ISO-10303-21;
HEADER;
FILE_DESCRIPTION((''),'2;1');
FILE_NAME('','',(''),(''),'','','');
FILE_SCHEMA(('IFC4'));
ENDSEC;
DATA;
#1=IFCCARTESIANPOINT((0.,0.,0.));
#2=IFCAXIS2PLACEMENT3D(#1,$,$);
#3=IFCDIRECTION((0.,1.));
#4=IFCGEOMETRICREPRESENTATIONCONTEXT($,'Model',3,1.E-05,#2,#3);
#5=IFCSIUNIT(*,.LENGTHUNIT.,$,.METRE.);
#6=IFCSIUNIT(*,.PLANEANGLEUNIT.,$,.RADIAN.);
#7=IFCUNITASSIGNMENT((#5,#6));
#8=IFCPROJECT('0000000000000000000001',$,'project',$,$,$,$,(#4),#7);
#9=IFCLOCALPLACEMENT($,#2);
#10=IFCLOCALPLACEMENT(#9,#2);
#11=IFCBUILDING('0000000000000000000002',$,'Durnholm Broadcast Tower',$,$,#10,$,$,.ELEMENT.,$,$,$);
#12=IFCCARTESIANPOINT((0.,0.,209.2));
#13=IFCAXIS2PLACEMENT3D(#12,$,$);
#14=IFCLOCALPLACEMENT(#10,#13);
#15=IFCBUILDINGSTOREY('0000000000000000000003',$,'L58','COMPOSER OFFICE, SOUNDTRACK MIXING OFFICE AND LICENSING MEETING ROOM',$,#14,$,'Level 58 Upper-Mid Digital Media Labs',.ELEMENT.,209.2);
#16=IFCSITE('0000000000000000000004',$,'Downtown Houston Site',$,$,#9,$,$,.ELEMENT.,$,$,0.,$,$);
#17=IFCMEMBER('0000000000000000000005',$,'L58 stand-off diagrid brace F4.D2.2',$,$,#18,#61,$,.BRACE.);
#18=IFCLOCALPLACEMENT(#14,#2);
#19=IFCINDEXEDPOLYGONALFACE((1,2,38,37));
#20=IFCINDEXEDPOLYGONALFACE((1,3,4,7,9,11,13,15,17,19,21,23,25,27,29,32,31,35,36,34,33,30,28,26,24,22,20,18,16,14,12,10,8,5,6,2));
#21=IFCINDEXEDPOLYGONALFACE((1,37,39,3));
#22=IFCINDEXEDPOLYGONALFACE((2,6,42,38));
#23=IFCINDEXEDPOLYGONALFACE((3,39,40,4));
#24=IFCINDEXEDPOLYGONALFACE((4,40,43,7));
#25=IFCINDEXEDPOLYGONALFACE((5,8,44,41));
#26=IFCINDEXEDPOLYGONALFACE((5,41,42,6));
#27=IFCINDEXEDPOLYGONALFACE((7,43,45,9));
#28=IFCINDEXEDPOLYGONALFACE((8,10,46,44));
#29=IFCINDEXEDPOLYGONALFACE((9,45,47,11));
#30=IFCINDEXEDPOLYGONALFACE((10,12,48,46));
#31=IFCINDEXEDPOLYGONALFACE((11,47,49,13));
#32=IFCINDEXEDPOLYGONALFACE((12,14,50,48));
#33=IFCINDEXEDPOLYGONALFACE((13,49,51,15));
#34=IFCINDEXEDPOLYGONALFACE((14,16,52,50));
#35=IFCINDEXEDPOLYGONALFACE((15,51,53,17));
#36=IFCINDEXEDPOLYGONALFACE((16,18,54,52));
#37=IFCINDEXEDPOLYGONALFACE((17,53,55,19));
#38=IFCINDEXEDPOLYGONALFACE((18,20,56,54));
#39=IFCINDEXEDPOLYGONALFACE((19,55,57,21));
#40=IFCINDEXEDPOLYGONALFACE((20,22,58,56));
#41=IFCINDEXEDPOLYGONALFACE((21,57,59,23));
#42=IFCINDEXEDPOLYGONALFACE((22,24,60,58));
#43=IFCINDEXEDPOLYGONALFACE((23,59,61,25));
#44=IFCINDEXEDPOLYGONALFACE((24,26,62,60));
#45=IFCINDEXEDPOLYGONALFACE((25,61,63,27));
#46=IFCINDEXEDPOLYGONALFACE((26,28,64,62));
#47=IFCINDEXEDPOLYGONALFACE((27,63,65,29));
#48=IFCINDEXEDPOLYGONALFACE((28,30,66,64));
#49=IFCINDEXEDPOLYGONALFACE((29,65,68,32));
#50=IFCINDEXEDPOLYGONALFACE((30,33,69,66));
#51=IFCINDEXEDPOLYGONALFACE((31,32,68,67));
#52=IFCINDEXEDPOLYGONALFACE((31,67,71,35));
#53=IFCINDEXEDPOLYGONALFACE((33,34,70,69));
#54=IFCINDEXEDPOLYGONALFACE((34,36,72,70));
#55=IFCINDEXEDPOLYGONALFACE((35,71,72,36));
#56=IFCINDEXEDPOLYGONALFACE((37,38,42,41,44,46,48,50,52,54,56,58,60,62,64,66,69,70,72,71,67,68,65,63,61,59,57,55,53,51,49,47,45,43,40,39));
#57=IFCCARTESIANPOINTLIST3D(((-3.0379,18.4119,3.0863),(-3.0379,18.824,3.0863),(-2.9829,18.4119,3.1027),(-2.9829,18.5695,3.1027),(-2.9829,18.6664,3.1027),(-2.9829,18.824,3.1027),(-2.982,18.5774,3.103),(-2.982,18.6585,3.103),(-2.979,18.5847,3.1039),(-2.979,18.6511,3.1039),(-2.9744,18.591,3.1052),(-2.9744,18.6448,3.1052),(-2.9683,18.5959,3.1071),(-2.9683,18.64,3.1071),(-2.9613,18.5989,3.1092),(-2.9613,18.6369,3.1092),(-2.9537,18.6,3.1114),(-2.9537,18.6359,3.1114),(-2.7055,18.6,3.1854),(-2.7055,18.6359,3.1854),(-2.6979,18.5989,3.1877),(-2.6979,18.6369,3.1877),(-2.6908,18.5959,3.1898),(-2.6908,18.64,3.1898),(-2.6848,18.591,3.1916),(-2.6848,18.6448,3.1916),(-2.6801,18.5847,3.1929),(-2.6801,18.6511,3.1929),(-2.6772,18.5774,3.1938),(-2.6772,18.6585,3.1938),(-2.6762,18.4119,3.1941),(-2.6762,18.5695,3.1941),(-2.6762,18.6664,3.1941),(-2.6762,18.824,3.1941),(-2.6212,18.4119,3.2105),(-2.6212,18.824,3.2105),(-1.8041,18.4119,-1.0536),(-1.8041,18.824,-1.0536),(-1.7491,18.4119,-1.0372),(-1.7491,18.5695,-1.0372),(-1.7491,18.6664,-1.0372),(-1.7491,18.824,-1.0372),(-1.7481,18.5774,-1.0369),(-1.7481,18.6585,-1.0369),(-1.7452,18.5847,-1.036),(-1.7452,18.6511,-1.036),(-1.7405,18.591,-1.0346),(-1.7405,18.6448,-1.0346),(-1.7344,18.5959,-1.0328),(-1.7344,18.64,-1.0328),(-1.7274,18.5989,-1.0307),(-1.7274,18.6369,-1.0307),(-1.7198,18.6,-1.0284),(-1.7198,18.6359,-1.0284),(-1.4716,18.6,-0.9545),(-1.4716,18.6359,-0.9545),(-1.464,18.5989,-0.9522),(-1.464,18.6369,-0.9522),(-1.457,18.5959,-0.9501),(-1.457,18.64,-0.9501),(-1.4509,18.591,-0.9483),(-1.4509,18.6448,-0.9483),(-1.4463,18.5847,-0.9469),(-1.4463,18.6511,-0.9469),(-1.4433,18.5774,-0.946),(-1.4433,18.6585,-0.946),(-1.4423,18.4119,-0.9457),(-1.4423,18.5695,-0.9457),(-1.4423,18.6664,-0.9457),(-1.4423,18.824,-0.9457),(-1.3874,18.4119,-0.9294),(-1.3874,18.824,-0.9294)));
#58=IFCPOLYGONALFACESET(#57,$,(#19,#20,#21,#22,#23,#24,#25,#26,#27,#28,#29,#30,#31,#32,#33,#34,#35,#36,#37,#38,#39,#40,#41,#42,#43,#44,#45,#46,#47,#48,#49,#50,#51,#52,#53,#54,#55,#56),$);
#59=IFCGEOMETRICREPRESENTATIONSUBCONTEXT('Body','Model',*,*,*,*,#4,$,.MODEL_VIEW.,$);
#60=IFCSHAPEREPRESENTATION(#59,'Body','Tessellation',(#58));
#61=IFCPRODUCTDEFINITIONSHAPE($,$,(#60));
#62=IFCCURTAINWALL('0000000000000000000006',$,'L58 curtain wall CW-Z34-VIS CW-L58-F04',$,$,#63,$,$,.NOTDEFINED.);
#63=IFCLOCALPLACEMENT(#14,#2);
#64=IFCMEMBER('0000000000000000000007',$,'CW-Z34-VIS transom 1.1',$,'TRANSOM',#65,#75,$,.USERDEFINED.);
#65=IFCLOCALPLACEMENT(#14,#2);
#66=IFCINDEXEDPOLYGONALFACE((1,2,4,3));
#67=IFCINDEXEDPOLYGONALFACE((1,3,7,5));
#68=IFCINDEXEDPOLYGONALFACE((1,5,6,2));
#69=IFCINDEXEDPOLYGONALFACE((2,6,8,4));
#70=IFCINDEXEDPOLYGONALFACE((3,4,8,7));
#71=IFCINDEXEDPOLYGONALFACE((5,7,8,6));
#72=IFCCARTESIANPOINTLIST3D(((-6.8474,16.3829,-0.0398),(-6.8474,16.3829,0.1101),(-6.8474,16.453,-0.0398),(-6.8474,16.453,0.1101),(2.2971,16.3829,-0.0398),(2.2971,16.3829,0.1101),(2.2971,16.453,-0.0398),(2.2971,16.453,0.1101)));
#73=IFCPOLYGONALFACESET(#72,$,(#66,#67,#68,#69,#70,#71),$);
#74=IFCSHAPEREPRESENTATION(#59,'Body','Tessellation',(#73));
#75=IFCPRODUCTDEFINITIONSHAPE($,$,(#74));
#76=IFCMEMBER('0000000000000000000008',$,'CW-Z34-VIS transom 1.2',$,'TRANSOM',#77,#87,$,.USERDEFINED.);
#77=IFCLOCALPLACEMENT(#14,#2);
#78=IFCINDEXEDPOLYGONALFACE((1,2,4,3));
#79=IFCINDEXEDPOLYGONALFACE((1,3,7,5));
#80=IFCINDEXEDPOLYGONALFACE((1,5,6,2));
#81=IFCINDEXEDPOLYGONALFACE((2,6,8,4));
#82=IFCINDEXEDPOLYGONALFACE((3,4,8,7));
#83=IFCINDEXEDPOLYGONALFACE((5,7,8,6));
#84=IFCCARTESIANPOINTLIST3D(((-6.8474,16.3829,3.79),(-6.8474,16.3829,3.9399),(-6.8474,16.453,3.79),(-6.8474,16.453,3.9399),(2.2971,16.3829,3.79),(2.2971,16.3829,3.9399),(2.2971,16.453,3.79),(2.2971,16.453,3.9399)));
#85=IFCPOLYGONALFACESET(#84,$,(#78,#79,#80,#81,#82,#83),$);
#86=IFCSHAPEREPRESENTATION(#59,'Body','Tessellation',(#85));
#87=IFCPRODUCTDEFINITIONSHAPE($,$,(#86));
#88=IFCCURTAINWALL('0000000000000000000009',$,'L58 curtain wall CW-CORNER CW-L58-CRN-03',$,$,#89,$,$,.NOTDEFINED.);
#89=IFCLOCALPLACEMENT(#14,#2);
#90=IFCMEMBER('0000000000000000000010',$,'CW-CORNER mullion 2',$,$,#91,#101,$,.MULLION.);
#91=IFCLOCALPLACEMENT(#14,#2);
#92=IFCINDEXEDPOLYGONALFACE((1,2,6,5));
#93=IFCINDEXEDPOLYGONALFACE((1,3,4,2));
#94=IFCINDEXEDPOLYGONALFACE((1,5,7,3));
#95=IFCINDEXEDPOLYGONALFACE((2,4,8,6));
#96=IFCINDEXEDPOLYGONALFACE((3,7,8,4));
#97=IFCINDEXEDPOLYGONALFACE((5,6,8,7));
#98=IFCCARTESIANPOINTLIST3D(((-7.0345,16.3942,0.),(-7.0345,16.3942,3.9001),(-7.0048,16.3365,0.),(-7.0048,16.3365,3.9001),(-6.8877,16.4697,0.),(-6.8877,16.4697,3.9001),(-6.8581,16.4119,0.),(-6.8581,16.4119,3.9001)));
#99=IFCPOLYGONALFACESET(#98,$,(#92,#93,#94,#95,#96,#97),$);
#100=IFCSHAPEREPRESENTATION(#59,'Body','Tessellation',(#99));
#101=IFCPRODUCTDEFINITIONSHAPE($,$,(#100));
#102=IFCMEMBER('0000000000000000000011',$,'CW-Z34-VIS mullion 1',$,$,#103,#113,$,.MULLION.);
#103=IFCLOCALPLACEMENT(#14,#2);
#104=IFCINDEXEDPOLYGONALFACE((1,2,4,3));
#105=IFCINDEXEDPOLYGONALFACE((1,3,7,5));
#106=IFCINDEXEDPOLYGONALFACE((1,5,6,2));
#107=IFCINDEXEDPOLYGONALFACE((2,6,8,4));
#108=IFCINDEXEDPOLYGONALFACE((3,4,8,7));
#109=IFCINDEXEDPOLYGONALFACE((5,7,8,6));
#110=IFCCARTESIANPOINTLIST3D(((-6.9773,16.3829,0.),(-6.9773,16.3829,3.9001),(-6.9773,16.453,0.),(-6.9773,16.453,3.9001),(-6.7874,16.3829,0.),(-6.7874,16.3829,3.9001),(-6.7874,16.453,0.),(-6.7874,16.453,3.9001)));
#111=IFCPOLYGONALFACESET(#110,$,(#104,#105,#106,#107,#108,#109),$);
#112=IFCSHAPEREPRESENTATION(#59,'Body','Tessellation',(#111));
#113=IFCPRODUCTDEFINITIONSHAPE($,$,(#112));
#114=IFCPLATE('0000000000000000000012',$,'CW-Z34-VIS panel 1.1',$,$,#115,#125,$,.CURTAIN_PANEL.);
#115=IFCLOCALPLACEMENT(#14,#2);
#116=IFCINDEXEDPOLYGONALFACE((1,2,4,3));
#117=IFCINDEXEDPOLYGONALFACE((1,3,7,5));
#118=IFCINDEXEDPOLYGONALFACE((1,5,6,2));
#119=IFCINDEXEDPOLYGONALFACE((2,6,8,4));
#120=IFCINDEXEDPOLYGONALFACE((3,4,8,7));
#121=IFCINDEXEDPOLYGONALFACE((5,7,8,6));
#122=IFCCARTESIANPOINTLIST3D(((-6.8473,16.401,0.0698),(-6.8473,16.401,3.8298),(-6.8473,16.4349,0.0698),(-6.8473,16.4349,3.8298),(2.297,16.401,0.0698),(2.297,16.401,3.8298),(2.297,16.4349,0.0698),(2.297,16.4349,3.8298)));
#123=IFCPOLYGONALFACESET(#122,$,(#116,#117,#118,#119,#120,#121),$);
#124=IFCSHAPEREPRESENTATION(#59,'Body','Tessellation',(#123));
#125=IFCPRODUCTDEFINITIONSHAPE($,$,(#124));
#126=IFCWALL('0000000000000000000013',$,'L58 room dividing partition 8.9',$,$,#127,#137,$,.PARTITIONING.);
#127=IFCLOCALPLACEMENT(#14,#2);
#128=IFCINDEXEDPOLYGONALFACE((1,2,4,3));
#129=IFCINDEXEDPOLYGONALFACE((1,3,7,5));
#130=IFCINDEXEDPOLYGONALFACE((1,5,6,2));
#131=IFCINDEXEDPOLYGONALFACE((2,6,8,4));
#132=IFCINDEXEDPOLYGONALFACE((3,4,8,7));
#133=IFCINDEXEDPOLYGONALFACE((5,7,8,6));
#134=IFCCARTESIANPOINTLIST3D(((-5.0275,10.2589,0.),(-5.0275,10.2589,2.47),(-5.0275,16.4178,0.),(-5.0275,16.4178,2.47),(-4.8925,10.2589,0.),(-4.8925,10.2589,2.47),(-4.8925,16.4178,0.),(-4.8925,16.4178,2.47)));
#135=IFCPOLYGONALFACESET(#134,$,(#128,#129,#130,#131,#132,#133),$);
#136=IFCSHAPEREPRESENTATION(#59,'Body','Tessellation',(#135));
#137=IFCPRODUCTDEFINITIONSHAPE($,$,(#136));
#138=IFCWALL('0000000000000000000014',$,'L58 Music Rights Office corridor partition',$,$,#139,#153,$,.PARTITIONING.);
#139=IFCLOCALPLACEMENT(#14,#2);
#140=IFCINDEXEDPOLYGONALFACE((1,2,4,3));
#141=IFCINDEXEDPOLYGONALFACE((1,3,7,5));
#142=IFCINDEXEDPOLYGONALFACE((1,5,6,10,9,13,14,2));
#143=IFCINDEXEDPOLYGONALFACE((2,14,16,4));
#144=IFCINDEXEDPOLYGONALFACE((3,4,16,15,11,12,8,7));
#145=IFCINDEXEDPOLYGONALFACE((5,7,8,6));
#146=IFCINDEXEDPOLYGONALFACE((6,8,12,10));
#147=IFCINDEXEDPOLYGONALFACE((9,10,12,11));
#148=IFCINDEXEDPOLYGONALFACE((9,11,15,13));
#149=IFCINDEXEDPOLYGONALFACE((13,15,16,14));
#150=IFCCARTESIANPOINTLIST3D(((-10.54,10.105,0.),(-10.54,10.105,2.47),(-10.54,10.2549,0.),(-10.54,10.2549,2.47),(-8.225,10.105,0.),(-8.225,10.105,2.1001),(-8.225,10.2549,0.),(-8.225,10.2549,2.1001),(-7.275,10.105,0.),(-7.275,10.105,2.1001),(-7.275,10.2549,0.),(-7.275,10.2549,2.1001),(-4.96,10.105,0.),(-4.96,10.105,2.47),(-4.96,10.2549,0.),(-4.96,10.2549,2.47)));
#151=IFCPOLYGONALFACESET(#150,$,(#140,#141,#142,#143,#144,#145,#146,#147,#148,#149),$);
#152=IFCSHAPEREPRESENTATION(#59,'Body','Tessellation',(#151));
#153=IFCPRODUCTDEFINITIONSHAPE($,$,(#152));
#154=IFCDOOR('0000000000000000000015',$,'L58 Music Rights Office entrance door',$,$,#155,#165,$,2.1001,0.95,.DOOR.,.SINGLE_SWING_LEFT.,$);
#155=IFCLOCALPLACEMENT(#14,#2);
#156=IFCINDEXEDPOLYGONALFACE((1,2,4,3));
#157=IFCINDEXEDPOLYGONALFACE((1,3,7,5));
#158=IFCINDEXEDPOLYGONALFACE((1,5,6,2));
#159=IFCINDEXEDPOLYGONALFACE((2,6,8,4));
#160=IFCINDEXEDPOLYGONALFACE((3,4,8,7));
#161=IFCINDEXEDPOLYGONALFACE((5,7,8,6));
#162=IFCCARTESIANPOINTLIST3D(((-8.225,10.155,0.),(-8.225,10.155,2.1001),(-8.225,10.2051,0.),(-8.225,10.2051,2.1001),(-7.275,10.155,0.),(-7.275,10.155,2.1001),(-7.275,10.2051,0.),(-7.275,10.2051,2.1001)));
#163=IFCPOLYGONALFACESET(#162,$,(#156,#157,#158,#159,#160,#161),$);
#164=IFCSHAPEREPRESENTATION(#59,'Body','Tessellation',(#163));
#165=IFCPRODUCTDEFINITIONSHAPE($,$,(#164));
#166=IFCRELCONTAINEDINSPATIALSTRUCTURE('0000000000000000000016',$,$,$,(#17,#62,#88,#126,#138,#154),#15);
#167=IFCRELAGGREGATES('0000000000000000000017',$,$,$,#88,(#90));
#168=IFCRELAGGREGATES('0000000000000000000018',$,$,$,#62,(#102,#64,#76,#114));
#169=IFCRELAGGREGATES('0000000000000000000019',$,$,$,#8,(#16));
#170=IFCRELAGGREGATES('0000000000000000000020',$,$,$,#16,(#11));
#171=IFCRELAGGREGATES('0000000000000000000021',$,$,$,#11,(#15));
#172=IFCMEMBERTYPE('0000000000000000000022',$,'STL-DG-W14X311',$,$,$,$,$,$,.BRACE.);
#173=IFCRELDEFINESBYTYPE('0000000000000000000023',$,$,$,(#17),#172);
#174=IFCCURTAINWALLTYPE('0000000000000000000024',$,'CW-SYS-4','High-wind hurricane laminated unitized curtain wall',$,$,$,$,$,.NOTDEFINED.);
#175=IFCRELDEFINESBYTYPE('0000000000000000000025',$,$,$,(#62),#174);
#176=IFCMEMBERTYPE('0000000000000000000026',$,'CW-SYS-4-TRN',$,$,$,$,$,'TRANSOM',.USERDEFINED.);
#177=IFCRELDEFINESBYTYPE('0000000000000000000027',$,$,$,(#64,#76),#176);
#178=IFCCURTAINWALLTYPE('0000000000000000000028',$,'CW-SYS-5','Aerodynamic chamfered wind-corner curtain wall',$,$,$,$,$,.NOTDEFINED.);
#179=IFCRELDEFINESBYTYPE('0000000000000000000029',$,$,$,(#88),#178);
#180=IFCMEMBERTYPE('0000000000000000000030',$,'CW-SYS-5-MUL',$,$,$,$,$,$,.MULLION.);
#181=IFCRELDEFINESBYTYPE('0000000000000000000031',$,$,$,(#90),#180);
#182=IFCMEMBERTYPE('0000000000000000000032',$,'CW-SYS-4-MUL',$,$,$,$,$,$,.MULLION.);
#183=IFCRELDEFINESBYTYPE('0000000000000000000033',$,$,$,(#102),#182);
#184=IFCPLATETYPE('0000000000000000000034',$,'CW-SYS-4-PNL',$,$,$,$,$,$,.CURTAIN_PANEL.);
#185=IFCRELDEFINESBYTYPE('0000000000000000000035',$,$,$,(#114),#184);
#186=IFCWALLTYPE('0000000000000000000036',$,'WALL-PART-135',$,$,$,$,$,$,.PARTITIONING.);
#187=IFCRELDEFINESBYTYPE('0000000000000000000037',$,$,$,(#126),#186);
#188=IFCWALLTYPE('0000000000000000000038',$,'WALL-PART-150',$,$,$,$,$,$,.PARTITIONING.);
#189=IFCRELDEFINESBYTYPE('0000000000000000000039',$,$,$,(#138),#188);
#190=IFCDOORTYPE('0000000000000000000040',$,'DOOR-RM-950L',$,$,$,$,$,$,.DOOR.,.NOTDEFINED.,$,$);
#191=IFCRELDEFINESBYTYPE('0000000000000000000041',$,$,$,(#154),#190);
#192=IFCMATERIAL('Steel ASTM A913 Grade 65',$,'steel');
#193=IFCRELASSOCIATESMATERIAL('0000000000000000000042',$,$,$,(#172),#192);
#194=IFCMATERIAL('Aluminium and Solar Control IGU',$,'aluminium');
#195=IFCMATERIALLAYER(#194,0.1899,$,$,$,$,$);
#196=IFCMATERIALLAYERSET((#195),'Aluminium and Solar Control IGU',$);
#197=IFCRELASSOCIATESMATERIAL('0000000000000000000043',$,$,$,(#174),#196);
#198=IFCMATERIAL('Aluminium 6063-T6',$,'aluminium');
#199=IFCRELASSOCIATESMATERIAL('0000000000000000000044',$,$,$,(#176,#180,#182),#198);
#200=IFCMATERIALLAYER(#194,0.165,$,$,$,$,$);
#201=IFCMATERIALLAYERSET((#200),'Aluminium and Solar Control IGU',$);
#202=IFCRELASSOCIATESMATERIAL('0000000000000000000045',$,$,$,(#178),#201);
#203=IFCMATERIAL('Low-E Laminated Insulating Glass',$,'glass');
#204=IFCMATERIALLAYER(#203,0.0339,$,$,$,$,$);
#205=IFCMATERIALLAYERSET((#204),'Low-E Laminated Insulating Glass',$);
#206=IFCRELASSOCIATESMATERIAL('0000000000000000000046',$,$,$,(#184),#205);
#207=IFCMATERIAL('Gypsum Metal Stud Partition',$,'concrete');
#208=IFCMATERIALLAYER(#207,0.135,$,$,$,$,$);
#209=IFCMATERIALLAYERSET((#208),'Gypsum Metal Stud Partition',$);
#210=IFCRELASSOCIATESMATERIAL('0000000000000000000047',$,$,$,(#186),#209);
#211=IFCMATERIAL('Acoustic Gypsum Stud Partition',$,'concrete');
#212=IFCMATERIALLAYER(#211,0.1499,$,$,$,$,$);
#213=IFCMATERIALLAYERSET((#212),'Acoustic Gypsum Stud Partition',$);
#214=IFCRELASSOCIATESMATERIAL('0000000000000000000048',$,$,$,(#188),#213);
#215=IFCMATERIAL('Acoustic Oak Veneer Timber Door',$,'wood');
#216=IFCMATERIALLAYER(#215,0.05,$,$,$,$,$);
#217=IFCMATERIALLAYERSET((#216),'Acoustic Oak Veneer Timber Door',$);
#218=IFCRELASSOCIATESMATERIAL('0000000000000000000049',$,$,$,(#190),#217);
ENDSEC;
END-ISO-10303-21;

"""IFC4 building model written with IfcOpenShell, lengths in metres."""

from ifc_helpers import new_model, si_unit, direction, frame, frame_2d, origin, origin_2d, place, context, subcontext, project, spatial, rectangle, i_section, extrude, source, transform, mapped, material, layer, layer_set, material_profile, profile_set, type_object, type_shapes, element, fill, aggregate, save


model = new_model("IFC4")

# Units and contexts
model_context = context("Model", 3, precision=1e-05, world=origin(), true_north=direction((0.0, 1.0)))
body_context = subcontext(model_context, "Body", "Model", "MODEL_VIEW")
ifc_project = project(units=[si_unit("LENGTHUNIT", "METRE"), si_unit("PLANEANGLEUNIT", "RADIAN")], contexts=[model_context])

# Site, building, storey
site_placement = place(None, origin())
site = spatial("IfcSite", under=ifc_project, at=site_placement, Name="Downtown Houston Site", CompositionType="ELEMENT", RefElevation=0.0)
building_placement = place(site_placement, origin())
building = spatial("IfcBuilding", under=site, at=building_placement, Name="Durnholm Broadcast Tower", CompositionType="ELEMENT")
storey_placement = place(building_placement, frame((0.0, 0.0, 209.2)))
storey = spatial("IfcBuildingStorey", under=building, at=storey_placement, Name="L58", Description="COMPOSER OFFICE, SOUNDTRACK MIXING OFFICE AND LICENSING MEETING ROOM", LongName="Level 58 Upper-Mid Digital Media Labs", CompositionType="ELEMENT", Elevation=209.2)

# Member
ifc_material_1 = material(Name="Steel ASTM A913 Grade 65", Category="steel")
ifc_material_profile_1 = material_profile(ifc_material_1, i_section(OverallWidth=0.4121, OverallDepth=0.4348, WebThickness=0.0359, FlangeThickness=0.0574, FilletRadius=0.0305, at=origin_2d()), Name="W14X311")
ifc_profile_set_1 = profile_set([ifc_material_profile_1], Name="Steel ASTM A913 Grade 65")
member_type_1 = type_object("IfcMemberType", Name="STL-DG-W14X311", PredefinedType="BRACE", material=ifc_profile_set_1)
shared_shape_1 = source(origin(), body_context, "Body", "SweptSolid", [
    extrude(i_section(OverallWidth=0.4121, OverallDepth=0.4348, WebThickness=0.0359, FlangeThickness=0.0574, FilletRadius=0.0305, at=origin_2d()), origin(), (0.0, 0.0, 1.0), 4.3198),
])
type_shapes(member_type_1, [shared_shape_1])
for number, where, z_axis, x_axis, name in (
    (1, (-1.5957, 18.6179, -0.9915), (-0.285631, 0.0, 0.95834), (0.0, -1.0, 0.0), "L58 stand-off diagrid brace F4.D2.2"),
):
    element("IfcMember", number, at=place(storey_placement, frame(where, z_axis=z_axis, x_axis=x_axis)), inside=storey, type_object=member_type_1, Name=name, PredefinedType="BRACE", context=body_context, shape_type="MappedRepresentation", body=[
        mapped(shared_shape_1, transform((0.0, 0.0, 0.0), x_axis=(1.0, 0.0, 0.0), y_axis=(0.0, 1.0, 0.0), z_axis=(0.0, 0.0, 1.0), scale=1.0)),
    ])

# Curtain wall, members
ifc_material_2 = material(Name="Aluminium and Solar Control IGU", Category="aluminium")
ifc_layer_1 = layer(ifc_material_2, 0.1899)
ifc_layer_set_1 = layer_set([ifc_layer_1], Name="Aluminium and Solar Control IGU")
curtain_wall_type_1 = type_object("IfcCurtainWallType", Name="CW-SYS-4", Description="High-wind hurricane laminated unitized curtain wall", PredefinedType="NOTDEFINED", material=ifc_layer_set_1)
curtain_wall_1_placement = place(storey_placement, origin())
curtain_wall_1 = element("IfcCurtainWall", 2, at=curtain_wall_1_placement, inside=storey, type_object=curtain_wall_type_1, Name="L58 curtain wall CW-Z34-VIS CW-L58-F04", PredefinedType="NOTDEFINED")
ifc_material_3 = material(Name="Aluminium 6063-T6", Category="aluminium")
ifc_material_profile_2 = material_profile(ifc_material_3, rectangle(XDim=0.0701, YDim=0.1499, at=origin_2d()), Name="CWT70X150")
ifc_profile_set_2 = profile_set([ifc_material_profile_2], Name="Aluminium 6063-T6")
member_type_2 = type_object("IfcMemberType", Name="CW-SYS-4-TRN", ElementType="TRANSOM", PredefinedType="USERDEFINED", material=ifc_profile_set_2)
shared_shape_2 = source(origin(), body_context, "Body", "SweptSolid", [
    extrude(rectangle(XDim=0.0701, YDim=0.1499, at=origin_2d()), origin(), (0.0, 0.0, 1.0), 9.1445),
])
type_shapes(member_type_2, [shared_shape_2])
member_1_placement = place(storey_placement, frame((-6.8474, 16.418, 0.0352), z_axis=(1.0, 0.0, 0.0), x_axis=(0.0, 1.0, 0.0)))
member_1 = element("IfcMember", 3, at=member_1_placement, type_object=member_type_2, Name="CW-Z34-VIS transom 1.1", ObjectType="TRANSOM", PredefinedType="USERDEFINED", context=body_context, shape_type="MappedRepresentation", body=[
    mapped(shared_shape_2, transform((0.0, 0.0, 0.0), x_axis=(1.0, 0.0, 0.0), y_axis=(0.0, 1.0, 0.0), z_axis=(0.0, 0.0, 1.0), scale=1.0)),
])
member_2_placement = place(storey_placement, frame((-6.8474, 16.418, 3.865), z_axis=(1.0, 0.0, 0.0), x_axis=(0.0, 1.0, 0.0)))
member_2 = element("IfcMember", 4, at=member_2_placement, type_object=member_type_2, Name="CW-Z34-VIS transom 1.2", ObjectType="TRANSOM", PredefinedType="USERDEFINED", context=body_context, shape_type="MappedRepresentation", body=[
    mapped(shared_shape_2, transform((0.0, 0.0, 0.0), x_axis=(1.0, 0.0, 0.0), y_axis=(0.0, 1.0, 0.0), z_axis=(0.0, 0.0, 1.0), scale=1.0)),
])

# Curtain wall, member
ifc_layer_2 = layer(ifc_material_2, 0.165)
ifc_layer_set_2 = layer_set([ifc_layer_2], Name="Aluminium and Solar Control IGU")
curtain_wall_type_2 = type_object("IfcCurtainWallType", Name="CW-SYS-5", Description="Aerodynamic chamfered wind-corner curtain wall", PredefinedType="NOTDEFINED", material=ifc_layer_set_2)
curtain_wall_2_placement = place(storey_placement, origin())
curtain_wall_2 = element("IfcCurtainWall", 5, at=curtain_wall_2_placement, inside=storey, type_object=curtain_wall_type_2, Name="L58 curtain wall CW-CORNER CW-L58-CRN-03", PredefinedType="NOTDEFINED")
ifc_material_profile_3 = material_profile(ifc_material_3, rectangle(XDim=0.0649, YDim=0.165, at=origin_2d()), Name="CWM65X165")
ifc_profile_set_3 = profile_set([ifc_material_profile_3], Name="Aluminium 6063-T6")
member_type_3 = type_object("IfcMemberType", Name="CW-SYS-5-MUL", PredefinedType="MULLION", material=ifc_profile_set_3)
shared_shape_3 = source(origin(), body_context, "Body", "SweptSolid", [
    extrude(rectangle(XDim=0.0649, YDim=0.165, at=origin_2d()), origin(), (0.0, 0.0, 1.0), 3.9001),
])
type_shapes(member_type_3, [shared_shape_3])
member_3_placement = place(storey_placement, frame((-6.9463, 16.4031, 0.0), z_axis=(0.0, 0.0, 1.0), x_axis=(-0.457082, 0.889425, 0.0)))
member_3 = element("IfcMember", 6, at=member_3_placement, type_object=member_type_3, Name="CW-CORNER mullion 2", PredefinedType="MULLION", context=body_context, shape_type="MappedRepresentation", body=[
    mapped(shared_shape_3, transform((0.0, 0.0, 0.0), x_axis=(1.0, 0.0, 0.0), y_axis=(0.0, 1.0, 0.0), z_axis=(0.0, 0.0, 1.0), scale=1.0)),
])
aggregate(curtain_wall_2, [member_3])

# Member
ifc_material_profile_4 = material_profile(ifc_material_3, rectangle(XDim=0.0701, YDim=0.1899, at=origin_2d()), Name="CWM70X190")
ifc_profile_set_4 = profile_set([ifc_material_profile_4], Name="Aluminium 6063-T6")
member_type_4 = type_object("IfcMemberType", Name="CW-SYS-4-MUL", PredefinedType="MULLION", material=ifc_profile_set_4)
shared_shape_4 = source(origin(), body_context, "Body", "SweptSolid", [
    extrude(rectangle(XDim=0.0701, YDim=0.1899, at=origin_2d()), origin(), (0.0, 0.0, 1.0), 3.9001),
])
type_shapes(member_type_4, [shared_shape_4])
member_4_placement = place(storey_placement, frame((-6.8823, 16.418, 0.0), z_axis=(0.0, 0.0, 1.0), x_axis=(0.0, 1.0, 0.0)))
member_4 = element("IfcMember", 7, at=member_4_placement, type_object=member_type_4, Name="CW-Z34-VIS mullion 1", PredefinedType="MULLION", context=body_context, shape_type="MappedRepresentation", body=[
    mapped(shared_shape_4, transform((0.0, 0.0, 0.0), x_axis=(1.0, 0.0, 0.0), y_axis=(0.0, 1.0, 0.0), z_axis=(0.0, 0.0, 1.0), scale=1.0)),
])

# Plate
ifc_material_4 = material(Name="Low-E Laminated Insulating Glass", Category="glass")
ifc_layer_3 = layer(ifc_material_4, 0.0339)
ifc_layer_set_3 = layer_set([ifc_layer_3], Name="Low-E Laminated Insulating Glass")
plate_type = type_object("IfcPlateType", Name="CW-SYS-4-PNL", PredefinedType="CURTAIN_PANEL", material=ifc_layer_set_3)
shared_shape_5 = source(origin(), body_context, "Body", "SweptSolid", [
    extrude(rectangle(XDim=9.1443, YDim=0.0339, at=origin_2d()), origin(), (0.0, 0.0, 1.0), 3.76),
])
type_shapes(plate_type, [shared_shape_5])
plate_placement = place(storey_placement, frame((-2.2751, 16.418, 0.0698), z_axis=(0.0, 0.0, 1.0), x_axis=(1.0, 0.0, 0.0)))
plate = element("IfcPlate", 8, at=plate_placement, type_object=plate_type, Name="CW-Z34-VIS panel 1.1", PredefinedType="CURTAIN_PANEL", context=body_context, shape_type="MappedRepresentation", body=[
    mapped(shared_shape_5, transform((0.0, 0.0, 0.0), x_axis=(1.0, 0.0, 0.0), y_axis=(0.0, 1.0, 0.0), z_axis=(0.0, 0.0, 1.0), scale=1.0)),
])
aggregate(curtain_wall_1, [member_4, member_1, member_2, plate])

# Wall
ifc_material_5 = material(Name="Gypsum Metal Stud Partition", Category="concrete")
ifc_layer_4 = layer(ifc_material_5, 0.135)
ifc_layer_set_4 = layer_set([ifc_layer_4], Name="Gypsum Metal Stud Partition")
wall_type_1 = type_object("IfcWallType", Name="WALL-PART-135", PredefinedType="PARTITIONING", material=ifc_layer_set_4)
wall_1_placement = place(storey_placement, frame((-4.96, 16.418, 0.0), z_axis=(0.0, 0.0, 1.0), x_axis=(0.0, -1.0, 0.0)))
element("IfcWall", 9, at=wall_1_placement, inside=storey, type_object=wall_type_1, Name="L58 room dividing partition 8.9", PredefinedType="PARTITIONING", context=body_context, shape_type="SweptSolid", body=[
    extrude(rectangle(XDim=6.1589, YDim=0.135, at=frame_2d((3.0796, 0.0))), origin(), (0.0, 0.0, 1.0), 2.47),
])

# Wall, opening, door
ifc_material_6 = material(Name="Acoustic Gypsum Stud Partition", Category="concrete")
ifc_layer_5 = layer(ifc_material_6, 0.1499)
ifc_layer_set_5 = layer_set([ifc_layer_5], Name="Acoustic Gypsum Stud Partition")
wall_type_2 = type_object("IfcWallType", Name="WALL-PART-150", PredefinedType="PARTITIONING", material=ifc_layer_set_5)
wall_2_placement = place(storey_placement, frame((-4.96, 10.1799, 0.0), z_axis=(0.0, 0.0, 1.0), x_axis=(-1.0, 0.0, 0.0)))
wall_2 = element("IfcWall", 10, at=wall_2_placement, inside=storey, type_object=wall_type_2, Name="L58 Music Rights Office corridor partition", PredefinedType="PARTITIONING", context=body_context, shape_type="SweptSolid", body=[
    extrude(rectangle(XDim=5.5801, YDim=0.1499, at=frame_2d((2.79, 0.0))), origin(), (0.0, 0.0, 1.0), 2.47),
])
opening_1_placement = place(wall_2_placement, frame((2.3149, 0.0, 0.0)))
opening_1 = element("IfcOpeningElement", 11, at=opening_1_placement, cuts=wall_2, PredefinedType="OPENING", context=body_context, shape_type="SweptSolid", body=[
    extrude(rectangle(XDim=0.95, YDim=2.1001, at=frame_2d((0.4751, 1.05))), frame((0.0, 0.085, 0.0), z_axis=(0.0, -1.0, 0.0), x_axis=(1.0, 0.0, 0.0)), (0.0, 0.0, 1.0), 0.1699),
])
ifc_material_7 = material(Name="Acoustic Oak Veneer Timber Door", Category="wood")
ifc_layer_6 = layer(ifc_material_7, 0.05)
ifc_layer_set_6 = layer_set([ifc_layer_6], Name="Acoustic Oak Veneer Timber Door")
door_type_1 = type_object("IfcDoorType", Name="DOOR-RM-950L", OperationType="NOTDEFINED", PredefinedType="DOOR", material=ifc_layer_set_6)
shared_shape_6 = source(origin(), body_context, "Body", "SweptSolid", [
    extrude(rectangle(XDim=0.95, YDim=2.1001, at=frame_2d((0.4751, 1.05))), frame((0.0, 0.0249, 0.0), z_axis=(0.0, -1.0, 0.0), x_axis=(1.0, 0.0, 0.0)), (0.0, 0.0, 1.0), 0.05),
])
type_shapes(door_type_1, [shared_shape_6])
door_1_placement = place(opening_1_placement, origin())
door_1 = element("IfcDoor", 12, at=door_1_placement, inside=storey, type_object=door_type_1, Name="L58 Music Rights Office entrance door", OperationType="SINGLE_SWING_LEFT", OverallHeight=2.1001, OverallWidth=0.95, PredefinedType="DOOR", context=body_context, shape_type="MappedRepresentation", body=[
    mapped(shared_shape_6, transform((0.0, 0.0, 0.0), x_axis=(1.0, 0.0, 0.0), y_axis=(0.0, 1.0, 0.0), z_axis=(0.0, 0.0, 1.0), scale=1.0)),
])
fill(opening_1, door_1)

save(model, "model.ifc")
